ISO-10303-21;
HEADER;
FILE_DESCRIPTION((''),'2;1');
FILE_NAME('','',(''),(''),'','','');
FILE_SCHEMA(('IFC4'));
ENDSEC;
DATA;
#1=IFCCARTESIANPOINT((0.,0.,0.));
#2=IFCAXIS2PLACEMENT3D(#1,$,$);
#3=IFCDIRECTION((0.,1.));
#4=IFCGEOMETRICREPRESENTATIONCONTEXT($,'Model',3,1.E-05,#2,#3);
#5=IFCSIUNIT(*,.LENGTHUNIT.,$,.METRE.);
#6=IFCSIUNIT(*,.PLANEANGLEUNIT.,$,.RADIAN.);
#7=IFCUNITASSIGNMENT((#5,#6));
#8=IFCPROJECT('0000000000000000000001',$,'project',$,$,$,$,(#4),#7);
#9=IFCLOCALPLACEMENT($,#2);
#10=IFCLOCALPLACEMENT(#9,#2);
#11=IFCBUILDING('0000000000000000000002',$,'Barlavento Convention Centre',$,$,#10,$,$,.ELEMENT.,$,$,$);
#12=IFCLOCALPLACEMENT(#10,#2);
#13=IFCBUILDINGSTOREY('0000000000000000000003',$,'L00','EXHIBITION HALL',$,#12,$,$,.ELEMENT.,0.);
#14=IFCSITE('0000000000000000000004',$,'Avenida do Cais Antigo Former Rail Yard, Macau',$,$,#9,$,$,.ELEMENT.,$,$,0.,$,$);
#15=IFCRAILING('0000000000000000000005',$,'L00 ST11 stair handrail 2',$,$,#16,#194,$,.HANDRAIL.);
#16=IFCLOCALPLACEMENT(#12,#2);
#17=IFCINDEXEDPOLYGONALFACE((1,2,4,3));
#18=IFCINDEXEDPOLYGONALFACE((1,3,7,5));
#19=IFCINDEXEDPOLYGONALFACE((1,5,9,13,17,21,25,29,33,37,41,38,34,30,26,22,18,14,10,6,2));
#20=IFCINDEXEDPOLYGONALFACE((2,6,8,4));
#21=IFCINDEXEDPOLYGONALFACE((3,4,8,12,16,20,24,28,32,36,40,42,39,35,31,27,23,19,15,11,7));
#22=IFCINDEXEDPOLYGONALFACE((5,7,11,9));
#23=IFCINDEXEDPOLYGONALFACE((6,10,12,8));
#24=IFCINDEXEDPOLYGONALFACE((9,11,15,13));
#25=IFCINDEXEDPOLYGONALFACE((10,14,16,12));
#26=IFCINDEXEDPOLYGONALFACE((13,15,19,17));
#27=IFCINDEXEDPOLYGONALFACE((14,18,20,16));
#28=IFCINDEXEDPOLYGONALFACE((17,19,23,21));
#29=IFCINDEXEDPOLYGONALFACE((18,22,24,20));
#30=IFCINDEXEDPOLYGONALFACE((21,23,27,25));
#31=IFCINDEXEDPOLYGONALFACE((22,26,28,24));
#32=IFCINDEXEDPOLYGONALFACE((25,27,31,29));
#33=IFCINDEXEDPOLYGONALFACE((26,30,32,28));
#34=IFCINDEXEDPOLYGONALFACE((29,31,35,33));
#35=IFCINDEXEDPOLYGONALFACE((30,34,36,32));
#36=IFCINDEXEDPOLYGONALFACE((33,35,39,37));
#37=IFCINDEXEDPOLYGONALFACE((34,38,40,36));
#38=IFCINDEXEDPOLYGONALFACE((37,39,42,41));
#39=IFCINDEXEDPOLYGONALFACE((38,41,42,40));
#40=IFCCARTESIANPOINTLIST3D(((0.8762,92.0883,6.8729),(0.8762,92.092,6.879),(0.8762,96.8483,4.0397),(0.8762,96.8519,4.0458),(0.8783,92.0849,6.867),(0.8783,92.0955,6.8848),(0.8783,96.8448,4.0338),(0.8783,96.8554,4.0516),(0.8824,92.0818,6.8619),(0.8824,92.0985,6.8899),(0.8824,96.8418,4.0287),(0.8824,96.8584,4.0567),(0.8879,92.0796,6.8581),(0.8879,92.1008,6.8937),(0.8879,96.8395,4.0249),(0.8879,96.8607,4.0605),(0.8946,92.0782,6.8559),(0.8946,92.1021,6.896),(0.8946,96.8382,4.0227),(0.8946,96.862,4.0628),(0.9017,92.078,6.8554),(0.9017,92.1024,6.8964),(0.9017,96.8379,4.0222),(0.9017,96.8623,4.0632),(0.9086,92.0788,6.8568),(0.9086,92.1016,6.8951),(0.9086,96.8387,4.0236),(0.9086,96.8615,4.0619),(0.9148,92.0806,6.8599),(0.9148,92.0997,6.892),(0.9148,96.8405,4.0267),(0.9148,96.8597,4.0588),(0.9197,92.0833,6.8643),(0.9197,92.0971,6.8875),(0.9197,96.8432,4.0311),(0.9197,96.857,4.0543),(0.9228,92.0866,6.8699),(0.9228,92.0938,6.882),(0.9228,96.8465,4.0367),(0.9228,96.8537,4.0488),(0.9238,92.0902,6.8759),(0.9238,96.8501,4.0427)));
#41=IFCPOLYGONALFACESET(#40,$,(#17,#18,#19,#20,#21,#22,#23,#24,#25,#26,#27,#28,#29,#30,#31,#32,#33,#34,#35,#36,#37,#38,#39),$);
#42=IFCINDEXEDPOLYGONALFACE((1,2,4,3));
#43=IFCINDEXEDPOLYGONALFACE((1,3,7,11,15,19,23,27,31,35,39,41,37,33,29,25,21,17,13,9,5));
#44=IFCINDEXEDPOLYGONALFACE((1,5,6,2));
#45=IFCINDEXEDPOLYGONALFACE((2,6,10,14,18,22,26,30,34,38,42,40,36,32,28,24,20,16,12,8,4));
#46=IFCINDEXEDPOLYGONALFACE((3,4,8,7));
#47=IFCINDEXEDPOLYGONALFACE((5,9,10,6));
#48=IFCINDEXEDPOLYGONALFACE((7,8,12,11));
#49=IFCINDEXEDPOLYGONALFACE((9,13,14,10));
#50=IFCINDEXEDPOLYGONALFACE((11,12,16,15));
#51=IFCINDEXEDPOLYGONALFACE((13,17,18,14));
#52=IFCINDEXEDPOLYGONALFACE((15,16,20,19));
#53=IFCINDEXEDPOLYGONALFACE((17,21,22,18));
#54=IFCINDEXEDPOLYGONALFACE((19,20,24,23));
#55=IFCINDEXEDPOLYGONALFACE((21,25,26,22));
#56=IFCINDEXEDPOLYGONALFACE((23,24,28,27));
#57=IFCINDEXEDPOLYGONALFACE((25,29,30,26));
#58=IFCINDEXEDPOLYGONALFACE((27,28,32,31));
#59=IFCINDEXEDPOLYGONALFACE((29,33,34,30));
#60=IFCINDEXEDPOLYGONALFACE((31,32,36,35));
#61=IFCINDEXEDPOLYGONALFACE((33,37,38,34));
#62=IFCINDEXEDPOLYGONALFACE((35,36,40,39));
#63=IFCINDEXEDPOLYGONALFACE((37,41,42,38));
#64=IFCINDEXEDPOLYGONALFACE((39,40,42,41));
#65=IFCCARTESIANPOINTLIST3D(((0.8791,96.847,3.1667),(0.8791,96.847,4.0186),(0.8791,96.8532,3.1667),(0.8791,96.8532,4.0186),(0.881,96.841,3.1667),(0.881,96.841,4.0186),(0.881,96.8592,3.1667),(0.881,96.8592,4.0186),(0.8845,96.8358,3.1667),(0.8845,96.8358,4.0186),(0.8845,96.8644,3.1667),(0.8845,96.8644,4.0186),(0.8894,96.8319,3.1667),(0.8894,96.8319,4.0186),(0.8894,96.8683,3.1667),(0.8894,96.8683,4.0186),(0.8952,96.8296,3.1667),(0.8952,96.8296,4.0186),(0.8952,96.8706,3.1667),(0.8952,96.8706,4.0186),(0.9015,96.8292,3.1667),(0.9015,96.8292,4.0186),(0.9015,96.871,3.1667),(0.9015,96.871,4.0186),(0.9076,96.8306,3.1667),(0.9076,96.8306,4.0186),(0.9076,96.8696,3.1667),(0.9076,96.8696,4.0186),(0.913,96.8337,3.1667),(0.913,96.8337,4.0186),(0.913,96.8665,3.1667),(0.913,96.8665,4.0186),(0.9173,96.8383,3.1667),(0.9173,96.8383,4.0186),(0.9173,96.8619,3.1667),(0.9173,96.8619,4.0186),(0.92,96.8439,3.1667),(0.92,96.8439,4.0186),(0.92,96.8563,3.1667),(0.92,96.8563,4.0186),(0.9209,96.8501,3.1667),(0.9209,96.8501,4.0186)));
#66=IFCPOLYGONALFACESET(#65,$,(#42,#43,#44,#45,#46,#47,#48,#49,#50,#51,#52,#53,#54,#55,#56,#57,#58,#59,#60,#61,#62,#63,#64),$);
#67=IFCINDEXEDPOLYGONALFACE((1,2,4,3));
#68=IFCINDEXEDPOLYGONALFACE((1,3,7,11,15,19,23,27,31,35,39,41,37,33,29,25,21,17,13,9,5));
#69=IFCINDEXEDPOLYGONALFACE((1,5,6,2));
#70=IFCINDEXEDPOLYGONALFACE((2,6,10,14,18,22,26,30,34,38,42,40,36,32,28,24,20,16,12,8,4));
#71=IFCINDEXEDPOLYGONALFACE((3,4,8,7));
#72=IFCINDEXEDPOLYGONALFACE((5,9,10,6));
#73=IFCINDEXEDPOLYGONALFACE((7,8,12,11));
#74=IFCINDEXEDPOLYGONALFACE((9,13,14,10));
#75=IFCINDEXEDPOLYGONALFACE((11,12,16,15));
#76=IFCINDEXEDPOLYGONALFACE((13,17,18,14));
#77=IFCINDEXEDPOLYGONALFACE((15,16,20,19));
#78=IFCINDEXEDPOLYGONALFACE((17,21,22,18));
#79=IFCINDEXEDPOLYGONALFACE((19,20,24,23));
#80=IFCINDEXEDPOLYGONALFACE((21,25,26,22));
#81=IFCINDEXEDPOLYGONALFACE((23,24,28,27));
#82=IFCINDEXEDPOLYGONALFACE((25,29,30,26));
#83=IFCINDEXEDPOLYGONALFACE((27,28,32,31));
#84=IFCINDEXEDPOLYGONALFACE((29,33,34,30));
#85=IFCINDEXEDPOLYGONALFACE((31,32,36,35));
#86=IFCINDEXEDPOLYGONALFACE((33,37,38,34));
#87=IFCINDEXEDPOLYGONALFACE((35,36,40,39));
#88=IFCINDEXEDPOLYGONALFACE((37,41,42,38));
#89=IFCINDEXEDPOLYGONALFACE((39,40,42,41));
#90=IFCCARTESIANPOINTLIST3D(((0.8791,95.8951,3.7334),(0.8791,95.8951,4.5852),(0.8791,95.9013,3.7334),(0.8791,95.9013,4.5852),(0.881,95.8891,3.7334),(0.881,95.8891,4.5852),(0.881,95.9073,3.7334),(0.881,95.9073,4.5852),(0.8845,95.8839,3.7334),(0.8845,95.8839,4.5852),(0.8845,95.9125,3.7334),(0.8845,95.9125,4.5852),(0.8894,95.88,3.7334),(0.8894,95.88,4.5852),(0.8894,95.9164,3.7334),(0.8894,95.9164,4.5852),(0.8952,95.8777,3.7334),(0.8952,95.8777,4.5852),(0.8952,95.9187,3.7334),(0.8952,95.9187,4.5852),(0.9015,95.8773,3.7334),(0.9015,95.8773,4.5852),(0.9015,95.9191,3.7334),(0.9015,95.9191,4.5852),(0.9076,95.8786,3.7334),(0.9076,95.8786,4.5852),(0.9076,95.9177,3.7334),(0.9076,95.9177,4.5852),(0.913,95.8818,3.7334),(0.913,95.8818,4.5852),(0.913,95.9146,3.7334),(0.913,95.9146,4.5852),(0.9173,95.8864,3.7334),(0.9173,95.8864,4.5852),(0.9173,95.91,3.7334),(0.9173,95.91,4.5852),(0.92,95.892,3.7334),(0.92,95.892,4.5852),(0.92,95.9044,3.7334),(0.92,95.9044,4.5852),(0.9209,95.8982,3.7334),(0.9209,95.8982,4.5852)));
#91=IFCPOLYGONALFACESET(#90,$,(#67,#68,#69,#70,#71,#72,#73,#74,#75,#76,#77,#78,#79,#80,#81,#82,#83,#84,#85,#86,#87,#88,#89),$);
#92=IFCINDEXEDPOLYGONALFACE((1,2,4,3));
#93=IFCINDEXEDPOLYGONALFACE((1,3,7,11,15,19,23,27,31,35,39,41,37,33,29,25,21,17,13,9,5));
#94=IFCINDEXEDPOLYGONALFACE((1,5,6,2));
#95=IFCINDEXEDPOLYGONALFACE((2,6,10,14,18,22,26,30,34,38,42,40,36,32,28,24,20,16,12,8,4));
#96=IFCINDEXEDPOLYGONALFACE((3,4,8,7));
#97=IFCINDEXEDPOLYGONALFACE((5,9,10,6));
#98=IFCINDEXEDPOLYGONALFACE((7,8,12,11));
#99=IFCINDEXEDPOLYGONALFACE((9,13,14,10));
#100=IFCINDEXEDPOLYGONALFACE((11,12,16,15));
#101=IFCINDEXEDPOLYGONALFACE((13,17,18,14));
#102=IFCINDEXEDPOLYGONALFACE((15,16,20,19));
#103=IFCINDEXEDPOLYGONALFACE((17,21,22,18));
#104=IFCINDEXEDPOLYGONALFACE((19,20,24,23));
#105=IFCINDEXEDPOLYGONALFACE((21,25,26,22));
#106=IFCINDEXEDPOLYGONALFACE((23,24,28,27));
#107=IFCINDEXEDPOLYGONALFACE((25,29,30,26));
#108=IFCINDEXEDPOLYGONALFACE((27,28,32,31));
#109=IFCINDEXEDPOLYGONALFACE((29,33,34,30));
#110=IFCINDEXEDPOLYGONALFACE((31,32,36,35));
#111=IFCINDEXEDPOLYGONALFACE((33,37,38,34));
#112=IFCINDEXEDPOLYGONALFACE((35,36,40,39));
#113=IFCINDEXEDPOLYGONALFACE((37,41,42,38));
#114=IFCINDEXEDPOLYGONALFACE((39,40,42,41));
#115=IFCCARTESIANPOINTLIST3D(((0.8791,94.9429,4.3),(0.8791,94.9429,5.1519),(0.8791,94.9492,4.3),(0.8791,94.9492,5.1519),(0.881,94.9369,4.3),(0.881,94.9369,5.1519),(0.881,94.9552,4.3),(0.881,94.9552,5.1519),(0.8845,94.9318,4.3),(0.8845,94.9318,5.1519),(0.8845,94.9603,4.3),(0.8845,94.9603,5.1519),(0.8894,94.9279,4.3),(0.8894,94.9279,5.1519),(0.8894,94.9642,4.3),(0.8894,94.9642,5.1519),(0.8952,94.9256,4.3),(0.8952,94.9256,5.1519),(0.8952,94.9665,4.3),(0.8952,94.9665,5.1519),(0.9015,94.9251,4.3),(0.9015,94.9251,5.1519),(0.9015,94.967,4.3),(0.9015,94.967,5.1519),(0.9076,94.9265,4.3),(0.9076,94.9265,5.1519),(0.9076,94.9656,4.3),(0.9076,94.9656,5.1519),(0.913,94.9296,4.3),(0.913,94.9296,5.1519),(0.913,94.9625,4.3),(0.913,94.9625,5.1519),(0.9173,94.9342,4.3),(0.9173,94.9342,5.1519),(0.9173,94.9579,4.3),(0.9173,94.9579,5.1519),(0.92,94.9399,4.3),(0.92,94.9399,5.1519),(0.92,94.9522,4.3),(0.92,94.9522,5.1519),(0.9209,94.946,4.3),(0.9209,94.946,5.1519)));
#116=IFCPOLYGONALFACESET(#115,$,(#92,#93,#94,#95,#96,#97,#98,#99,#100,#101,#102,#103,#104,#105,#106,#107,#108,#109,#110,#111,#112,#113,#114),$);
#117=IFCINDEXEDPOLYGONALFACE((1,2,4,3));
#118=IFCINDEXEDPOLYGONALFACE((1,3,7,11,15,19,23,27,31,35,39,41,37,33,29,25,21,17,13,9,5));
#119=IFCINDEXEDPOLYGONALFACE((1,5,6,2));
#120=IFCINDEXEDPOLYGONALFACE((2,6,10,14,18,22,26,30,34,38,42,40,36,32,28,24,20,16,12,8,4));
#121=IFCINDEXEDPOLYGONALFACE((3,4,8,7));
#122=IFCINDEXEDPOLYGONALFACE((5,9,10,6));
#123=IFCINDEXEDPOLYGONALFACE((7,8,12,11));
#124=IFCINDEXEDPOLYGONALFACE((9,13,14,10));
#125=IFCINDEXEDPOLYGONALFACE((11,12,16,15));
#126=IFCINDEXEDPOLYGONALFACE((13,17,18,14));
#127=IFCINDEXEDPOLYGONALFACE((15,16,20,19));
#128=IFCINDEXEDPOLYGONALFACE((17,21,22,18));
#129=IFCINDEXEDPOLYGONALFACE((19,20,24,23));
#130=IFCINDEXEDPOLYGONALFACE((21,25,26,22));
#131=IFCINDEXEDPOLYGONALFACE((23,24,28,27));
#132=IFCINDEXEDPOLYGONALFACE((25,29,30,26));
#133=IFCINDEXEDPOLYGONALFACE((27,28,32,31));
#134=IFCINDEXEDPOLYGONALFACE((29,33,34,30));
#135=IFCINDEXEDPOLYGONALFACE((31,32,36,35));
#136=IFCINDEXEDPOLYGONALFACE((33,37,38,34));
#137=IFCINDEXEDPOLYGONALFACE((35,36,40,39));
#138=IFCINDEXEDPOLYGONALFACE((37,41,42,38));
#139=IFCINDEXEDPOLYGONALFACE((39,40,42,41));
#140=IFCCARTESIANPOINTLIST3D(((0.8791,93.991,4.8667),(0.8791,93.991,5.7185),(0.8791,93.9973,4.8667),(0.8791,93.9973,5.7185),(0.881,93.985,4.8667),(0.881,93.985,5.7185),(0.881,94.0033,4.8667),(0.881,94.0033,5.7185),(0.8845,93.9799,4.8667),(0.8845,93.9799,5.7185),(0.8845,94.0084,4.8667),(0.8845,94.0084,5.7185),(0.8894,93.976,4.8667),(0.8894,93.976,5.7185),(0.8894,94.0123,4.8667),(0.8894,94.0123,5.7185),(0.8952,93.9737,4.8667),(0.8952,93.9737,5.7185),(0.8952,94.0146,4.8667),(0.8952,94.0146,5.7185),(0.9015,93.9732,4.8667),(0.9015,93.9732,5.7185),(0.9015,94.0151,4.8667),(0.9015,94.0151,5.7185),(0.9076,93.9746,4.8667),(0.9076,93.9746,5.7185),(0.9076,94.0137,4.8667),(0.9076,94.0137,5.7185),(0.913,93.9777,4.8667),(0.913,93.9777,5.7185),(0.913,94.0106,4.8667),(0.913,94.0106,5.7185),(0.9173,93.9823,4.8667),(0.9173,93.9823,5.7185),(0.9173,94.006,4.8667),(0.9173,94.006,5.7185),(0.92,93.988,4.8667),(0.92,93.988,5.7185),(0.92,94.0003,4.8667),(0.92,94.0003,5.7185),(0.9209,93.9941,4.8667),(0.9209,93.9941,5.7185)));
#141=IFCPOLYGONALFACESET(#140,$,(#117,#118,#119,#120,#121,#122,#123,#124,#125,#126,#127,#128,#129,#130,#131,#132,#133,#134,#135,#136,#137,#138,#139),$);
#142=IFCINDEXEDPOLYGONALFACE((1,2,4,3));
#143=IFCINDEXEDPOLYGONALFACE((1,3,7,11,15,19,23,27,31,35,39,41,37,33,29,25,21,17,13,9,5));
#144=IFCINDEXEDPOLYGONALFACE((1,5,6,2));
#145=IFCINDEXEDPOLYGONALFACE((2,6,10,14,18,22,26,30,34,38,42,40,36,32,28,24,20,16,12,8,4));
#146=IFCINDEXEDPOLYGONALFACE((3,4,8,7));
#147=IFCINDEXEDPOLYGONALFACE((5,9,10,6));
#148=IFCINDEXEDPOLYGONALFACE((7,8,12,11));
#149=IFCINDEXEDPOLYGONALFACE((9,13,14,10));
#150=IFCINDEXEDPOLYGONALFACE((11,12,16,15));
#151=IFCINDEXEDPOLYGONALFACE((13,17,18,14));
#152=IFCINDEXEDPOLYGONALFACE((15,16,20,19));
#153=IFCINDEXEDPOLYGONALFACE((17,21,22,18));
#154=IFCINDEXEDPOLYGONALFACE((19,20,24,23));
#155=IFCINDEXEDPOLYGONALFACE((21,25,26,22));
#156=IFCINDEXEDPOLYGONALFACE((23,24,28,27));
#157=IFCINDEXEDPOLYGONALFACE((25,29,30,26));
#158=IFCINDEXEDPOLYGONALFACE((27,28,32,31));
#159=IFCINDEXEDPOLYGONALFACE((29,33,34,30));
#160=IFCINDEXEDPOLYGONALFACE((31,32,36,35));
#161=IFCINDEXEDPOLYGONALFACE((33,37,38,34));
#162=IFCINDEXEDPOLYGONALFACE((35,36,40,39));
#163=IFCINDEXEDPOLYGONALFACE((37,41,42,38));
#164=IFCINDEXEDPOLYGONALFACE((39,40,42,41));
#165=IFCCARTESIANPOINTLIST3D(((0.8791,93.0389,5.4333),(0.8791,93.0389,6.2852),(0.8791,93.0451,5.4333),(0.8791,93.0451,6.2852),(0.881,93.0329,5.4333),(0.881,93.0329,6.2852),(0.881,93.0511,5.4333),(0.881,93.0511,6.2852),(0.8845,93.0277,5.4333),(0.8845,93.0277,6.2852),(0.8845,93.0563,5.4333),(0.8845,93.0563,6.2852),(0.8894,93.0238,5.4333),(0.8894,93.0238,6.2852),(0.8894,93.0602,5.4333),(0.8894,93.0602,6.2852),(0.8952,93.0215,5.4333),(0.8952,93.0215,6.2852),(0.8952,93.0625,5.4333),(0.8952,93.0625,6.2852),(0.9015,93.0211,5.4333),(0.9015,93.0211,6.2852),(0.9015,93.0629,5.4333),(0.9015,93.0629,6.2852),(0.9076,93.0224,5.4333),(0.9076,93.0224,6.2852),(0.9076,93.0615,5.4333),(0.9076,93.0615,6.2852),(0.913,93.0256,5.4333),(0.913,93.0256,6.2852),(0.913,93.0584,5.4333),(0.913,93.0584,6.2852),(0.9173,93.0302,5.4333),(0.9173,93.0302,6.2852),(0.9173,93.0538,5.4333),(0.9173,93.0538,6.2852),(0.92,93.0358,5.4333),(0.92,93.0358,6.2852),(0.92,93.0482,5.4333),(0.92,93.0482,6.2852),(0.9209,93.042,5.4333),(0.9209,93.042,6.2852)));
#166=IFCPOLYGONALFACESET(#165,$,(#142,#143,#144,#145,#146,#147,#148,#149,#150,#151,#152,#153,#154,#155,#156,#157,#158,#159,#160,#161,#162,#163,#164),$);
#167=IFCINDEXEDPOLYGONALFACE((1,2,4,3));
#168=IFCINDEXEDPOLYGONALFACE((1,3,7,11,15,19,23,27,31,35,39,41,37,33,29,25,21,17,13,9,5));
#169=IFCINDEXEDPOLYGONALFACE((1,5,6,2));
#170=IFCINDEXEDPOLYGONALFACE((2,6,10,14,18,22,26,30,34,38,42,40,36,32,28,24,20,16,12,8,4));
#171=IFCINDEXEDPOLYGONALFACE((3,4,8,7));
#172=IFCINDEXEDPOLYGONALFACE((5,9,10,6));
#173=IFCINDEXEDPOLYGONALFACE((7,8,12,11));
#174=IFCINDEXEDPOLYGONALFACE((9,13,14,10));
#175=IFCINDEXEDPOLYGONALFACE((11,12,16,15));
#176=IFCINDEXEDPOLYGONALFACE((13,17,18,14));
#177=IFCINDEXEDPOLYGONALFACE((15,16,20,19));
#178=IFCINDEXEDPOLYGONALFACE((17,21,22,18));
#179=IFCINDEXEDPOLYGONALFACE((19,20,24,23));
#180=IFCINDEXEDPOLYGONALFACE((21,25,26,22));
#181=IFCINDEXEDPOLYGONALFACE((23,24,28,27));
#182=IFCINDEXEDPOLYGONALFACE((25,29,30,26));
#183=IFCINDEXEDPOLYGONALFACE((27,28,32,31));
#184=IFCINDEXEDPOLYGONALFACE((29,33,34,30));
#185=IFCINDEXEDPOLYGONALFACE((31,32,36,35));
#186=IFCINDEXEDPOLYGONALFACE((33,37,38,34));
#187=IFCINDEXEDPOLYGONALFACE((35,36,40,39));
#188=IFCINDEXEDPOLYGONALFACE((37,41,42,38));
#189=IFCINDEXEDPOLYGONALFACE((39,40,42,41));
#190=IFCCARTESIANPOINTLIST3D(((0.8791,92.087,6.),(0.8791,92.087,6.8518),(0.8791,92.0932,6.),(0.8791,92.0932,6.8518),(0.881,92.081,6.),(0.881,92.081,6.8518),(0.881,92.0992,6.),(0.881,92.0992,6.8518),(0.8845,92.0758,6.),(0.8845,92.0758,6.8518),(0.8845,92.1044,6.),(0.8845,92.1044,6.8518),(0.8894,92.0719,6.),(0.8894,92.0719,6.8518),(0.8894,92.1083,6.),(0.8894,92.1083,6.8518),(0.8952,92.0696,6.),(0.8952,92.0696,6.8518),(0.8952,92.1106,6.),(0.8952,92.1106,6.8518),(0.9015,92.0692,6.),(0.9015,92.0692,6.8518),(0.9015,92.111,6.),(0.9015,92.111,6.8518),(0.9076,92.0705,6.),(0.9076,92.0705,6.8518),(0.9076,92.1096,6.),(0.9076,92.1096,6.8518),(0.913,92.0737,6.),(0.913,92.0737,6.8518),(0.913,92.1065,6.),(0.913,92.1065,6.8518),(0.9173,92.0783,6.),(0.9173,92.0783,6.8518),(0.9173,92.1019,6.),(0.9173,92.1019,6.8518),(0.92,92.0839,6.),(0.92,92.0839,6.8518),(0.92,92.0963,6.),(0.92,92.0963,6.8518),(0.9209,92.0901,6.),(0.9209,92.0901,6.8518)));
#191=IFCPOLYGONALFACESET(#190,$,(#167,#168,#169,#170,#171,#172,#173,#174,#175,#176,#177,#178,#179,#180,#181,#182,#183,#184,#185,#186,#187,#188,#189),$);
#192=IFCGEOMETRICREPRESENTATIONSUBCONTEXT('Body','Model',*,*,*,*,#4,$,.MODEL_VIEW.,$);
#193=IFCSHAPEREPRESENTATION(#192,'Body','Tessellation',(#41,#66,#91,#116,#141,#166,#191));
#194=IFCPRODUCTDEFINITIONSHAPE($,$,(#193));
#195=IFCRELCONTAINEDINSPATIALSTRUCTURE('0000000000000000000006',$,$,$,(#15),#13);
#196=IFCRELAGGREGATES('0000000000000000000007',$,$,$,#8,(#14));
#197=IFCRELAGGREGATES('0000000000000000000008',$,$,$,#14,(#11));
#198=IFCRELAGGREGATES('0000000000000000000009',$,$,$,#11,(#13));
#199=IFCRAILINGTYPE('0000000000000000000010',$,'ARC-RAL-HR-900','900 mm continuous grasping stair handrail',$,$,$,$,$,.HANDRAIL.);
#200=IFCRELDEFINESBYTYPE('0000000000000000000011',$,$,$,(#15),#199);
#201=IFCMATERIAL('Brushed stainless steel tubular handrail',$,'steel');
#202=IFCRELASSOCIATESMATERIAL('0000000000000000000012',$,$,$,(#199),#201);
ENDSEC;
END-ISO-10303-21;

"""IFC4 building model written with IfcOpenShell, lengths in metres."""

from ifc_helpers import new_model, si_unit, direction, frame, origin, origin_2d, place, context, subcontext, project, spatial, circle, extrude, material, type_object, element, save


model = new_model("IFC4")

# Units and contexts
model_context = context("Model", 3, precision=1e-05, world=origin(), true_north=direction((0.0, 1.0)))
body_context = subcontext(model_context, "Body", "Model", "MODEL_VIEW")
ifc_project = project(units=[si_unit("LENGTHUNIT", "METRE"), si_unit("PLANEANGLEUNIT", "RADIAN")], contexts=[model_context])

# Site, building, storey
site_placement = place(None, origin())
site = spatial("IfcSite", under=ifc_project, at=site_placement, Name="Avenida do Cais Antigo Former Rail Yard, Macau", CompositionType="ELEMENT", RefElevation=0.0)
building_placement = place(site_placement, origin())
building = spatial("IfcBuilding", under=site, at=building_placement, Name="Barlavento Convention Centre", CompositionType="ELEMENT")
storey_placement = place(building_placement, origin())
storey = spatial("IfcBuildingStorey", under=building, at=storey_placement, Name="L00", Description="EXHIBITION HALL", CompositionType="ELEMENT", Elevation=0.0)

# Railing
ifc_material_1 = material(Name="Brushed stainless steel tubular handrail", Category="steel")
railing_type_1 = type_object("IfcRailingType", Name="ARC-RAL-HR-900", Description="900 mm continuous grasping stair handrail", PredefinedType="HANDRAIL", material=ifc_material_1)
railing_1_placement = place(storey_placement, frame((0.8999, 96.8501, 3.1667)))
element("IfcRailing", 1, at=railing_1_placement, inside=storey, type_object=railing_type_1, Name="L00 ST11 stair handrail 2", PredefinedType="HANDRAIL", context=body_context, shape_type="SweptSolid", body=[
    extrude(circle(Radius=0.0239, at=origin_2d()), frame((0.0, 0.0, 0.876), z_axis=(0.0, -0.8593, 0.511472), x_axis=(1.0, 0.0, 0.0)), (0.0, 0.0, 1.0), 5.5393),
    extrude(circle(Radius=0.021, at=origin_2d()), origin(), (0.0, 0.0, 1.0), 0.8518),
    extrude(circle(Radius=0.021, at=origin_2d()), frame((0.0, -0.9519, 0.5667)), (0.0, 0.0, 1.0), 0.8518),
    extrude(circle(Radius=0.021, at=origin_2d()), frame((0.0, -1.9041, 1.1333)), (0.0, 0.0, 1.0), 0.8518),
    extrude(circle(Radius=0.021, at=origin_2d()), frame((0.0, -2.856, 1.7)), (0.0, 0.0, 1.0), 0.8518),
    extrude(circle(Radius=0.021, at=origin_2d()), frame((0.0, -3.8081, 2.2666)), (0.0, 0.0, 1.0), 0.8518),
    extrude(circle(Radius=0.021, at=origin_2d()), frame((0.0, -4.76, 2.8333)), (0.0, 0.0, 1.0), 0.8518),
])

save(model, "model.ifc")
